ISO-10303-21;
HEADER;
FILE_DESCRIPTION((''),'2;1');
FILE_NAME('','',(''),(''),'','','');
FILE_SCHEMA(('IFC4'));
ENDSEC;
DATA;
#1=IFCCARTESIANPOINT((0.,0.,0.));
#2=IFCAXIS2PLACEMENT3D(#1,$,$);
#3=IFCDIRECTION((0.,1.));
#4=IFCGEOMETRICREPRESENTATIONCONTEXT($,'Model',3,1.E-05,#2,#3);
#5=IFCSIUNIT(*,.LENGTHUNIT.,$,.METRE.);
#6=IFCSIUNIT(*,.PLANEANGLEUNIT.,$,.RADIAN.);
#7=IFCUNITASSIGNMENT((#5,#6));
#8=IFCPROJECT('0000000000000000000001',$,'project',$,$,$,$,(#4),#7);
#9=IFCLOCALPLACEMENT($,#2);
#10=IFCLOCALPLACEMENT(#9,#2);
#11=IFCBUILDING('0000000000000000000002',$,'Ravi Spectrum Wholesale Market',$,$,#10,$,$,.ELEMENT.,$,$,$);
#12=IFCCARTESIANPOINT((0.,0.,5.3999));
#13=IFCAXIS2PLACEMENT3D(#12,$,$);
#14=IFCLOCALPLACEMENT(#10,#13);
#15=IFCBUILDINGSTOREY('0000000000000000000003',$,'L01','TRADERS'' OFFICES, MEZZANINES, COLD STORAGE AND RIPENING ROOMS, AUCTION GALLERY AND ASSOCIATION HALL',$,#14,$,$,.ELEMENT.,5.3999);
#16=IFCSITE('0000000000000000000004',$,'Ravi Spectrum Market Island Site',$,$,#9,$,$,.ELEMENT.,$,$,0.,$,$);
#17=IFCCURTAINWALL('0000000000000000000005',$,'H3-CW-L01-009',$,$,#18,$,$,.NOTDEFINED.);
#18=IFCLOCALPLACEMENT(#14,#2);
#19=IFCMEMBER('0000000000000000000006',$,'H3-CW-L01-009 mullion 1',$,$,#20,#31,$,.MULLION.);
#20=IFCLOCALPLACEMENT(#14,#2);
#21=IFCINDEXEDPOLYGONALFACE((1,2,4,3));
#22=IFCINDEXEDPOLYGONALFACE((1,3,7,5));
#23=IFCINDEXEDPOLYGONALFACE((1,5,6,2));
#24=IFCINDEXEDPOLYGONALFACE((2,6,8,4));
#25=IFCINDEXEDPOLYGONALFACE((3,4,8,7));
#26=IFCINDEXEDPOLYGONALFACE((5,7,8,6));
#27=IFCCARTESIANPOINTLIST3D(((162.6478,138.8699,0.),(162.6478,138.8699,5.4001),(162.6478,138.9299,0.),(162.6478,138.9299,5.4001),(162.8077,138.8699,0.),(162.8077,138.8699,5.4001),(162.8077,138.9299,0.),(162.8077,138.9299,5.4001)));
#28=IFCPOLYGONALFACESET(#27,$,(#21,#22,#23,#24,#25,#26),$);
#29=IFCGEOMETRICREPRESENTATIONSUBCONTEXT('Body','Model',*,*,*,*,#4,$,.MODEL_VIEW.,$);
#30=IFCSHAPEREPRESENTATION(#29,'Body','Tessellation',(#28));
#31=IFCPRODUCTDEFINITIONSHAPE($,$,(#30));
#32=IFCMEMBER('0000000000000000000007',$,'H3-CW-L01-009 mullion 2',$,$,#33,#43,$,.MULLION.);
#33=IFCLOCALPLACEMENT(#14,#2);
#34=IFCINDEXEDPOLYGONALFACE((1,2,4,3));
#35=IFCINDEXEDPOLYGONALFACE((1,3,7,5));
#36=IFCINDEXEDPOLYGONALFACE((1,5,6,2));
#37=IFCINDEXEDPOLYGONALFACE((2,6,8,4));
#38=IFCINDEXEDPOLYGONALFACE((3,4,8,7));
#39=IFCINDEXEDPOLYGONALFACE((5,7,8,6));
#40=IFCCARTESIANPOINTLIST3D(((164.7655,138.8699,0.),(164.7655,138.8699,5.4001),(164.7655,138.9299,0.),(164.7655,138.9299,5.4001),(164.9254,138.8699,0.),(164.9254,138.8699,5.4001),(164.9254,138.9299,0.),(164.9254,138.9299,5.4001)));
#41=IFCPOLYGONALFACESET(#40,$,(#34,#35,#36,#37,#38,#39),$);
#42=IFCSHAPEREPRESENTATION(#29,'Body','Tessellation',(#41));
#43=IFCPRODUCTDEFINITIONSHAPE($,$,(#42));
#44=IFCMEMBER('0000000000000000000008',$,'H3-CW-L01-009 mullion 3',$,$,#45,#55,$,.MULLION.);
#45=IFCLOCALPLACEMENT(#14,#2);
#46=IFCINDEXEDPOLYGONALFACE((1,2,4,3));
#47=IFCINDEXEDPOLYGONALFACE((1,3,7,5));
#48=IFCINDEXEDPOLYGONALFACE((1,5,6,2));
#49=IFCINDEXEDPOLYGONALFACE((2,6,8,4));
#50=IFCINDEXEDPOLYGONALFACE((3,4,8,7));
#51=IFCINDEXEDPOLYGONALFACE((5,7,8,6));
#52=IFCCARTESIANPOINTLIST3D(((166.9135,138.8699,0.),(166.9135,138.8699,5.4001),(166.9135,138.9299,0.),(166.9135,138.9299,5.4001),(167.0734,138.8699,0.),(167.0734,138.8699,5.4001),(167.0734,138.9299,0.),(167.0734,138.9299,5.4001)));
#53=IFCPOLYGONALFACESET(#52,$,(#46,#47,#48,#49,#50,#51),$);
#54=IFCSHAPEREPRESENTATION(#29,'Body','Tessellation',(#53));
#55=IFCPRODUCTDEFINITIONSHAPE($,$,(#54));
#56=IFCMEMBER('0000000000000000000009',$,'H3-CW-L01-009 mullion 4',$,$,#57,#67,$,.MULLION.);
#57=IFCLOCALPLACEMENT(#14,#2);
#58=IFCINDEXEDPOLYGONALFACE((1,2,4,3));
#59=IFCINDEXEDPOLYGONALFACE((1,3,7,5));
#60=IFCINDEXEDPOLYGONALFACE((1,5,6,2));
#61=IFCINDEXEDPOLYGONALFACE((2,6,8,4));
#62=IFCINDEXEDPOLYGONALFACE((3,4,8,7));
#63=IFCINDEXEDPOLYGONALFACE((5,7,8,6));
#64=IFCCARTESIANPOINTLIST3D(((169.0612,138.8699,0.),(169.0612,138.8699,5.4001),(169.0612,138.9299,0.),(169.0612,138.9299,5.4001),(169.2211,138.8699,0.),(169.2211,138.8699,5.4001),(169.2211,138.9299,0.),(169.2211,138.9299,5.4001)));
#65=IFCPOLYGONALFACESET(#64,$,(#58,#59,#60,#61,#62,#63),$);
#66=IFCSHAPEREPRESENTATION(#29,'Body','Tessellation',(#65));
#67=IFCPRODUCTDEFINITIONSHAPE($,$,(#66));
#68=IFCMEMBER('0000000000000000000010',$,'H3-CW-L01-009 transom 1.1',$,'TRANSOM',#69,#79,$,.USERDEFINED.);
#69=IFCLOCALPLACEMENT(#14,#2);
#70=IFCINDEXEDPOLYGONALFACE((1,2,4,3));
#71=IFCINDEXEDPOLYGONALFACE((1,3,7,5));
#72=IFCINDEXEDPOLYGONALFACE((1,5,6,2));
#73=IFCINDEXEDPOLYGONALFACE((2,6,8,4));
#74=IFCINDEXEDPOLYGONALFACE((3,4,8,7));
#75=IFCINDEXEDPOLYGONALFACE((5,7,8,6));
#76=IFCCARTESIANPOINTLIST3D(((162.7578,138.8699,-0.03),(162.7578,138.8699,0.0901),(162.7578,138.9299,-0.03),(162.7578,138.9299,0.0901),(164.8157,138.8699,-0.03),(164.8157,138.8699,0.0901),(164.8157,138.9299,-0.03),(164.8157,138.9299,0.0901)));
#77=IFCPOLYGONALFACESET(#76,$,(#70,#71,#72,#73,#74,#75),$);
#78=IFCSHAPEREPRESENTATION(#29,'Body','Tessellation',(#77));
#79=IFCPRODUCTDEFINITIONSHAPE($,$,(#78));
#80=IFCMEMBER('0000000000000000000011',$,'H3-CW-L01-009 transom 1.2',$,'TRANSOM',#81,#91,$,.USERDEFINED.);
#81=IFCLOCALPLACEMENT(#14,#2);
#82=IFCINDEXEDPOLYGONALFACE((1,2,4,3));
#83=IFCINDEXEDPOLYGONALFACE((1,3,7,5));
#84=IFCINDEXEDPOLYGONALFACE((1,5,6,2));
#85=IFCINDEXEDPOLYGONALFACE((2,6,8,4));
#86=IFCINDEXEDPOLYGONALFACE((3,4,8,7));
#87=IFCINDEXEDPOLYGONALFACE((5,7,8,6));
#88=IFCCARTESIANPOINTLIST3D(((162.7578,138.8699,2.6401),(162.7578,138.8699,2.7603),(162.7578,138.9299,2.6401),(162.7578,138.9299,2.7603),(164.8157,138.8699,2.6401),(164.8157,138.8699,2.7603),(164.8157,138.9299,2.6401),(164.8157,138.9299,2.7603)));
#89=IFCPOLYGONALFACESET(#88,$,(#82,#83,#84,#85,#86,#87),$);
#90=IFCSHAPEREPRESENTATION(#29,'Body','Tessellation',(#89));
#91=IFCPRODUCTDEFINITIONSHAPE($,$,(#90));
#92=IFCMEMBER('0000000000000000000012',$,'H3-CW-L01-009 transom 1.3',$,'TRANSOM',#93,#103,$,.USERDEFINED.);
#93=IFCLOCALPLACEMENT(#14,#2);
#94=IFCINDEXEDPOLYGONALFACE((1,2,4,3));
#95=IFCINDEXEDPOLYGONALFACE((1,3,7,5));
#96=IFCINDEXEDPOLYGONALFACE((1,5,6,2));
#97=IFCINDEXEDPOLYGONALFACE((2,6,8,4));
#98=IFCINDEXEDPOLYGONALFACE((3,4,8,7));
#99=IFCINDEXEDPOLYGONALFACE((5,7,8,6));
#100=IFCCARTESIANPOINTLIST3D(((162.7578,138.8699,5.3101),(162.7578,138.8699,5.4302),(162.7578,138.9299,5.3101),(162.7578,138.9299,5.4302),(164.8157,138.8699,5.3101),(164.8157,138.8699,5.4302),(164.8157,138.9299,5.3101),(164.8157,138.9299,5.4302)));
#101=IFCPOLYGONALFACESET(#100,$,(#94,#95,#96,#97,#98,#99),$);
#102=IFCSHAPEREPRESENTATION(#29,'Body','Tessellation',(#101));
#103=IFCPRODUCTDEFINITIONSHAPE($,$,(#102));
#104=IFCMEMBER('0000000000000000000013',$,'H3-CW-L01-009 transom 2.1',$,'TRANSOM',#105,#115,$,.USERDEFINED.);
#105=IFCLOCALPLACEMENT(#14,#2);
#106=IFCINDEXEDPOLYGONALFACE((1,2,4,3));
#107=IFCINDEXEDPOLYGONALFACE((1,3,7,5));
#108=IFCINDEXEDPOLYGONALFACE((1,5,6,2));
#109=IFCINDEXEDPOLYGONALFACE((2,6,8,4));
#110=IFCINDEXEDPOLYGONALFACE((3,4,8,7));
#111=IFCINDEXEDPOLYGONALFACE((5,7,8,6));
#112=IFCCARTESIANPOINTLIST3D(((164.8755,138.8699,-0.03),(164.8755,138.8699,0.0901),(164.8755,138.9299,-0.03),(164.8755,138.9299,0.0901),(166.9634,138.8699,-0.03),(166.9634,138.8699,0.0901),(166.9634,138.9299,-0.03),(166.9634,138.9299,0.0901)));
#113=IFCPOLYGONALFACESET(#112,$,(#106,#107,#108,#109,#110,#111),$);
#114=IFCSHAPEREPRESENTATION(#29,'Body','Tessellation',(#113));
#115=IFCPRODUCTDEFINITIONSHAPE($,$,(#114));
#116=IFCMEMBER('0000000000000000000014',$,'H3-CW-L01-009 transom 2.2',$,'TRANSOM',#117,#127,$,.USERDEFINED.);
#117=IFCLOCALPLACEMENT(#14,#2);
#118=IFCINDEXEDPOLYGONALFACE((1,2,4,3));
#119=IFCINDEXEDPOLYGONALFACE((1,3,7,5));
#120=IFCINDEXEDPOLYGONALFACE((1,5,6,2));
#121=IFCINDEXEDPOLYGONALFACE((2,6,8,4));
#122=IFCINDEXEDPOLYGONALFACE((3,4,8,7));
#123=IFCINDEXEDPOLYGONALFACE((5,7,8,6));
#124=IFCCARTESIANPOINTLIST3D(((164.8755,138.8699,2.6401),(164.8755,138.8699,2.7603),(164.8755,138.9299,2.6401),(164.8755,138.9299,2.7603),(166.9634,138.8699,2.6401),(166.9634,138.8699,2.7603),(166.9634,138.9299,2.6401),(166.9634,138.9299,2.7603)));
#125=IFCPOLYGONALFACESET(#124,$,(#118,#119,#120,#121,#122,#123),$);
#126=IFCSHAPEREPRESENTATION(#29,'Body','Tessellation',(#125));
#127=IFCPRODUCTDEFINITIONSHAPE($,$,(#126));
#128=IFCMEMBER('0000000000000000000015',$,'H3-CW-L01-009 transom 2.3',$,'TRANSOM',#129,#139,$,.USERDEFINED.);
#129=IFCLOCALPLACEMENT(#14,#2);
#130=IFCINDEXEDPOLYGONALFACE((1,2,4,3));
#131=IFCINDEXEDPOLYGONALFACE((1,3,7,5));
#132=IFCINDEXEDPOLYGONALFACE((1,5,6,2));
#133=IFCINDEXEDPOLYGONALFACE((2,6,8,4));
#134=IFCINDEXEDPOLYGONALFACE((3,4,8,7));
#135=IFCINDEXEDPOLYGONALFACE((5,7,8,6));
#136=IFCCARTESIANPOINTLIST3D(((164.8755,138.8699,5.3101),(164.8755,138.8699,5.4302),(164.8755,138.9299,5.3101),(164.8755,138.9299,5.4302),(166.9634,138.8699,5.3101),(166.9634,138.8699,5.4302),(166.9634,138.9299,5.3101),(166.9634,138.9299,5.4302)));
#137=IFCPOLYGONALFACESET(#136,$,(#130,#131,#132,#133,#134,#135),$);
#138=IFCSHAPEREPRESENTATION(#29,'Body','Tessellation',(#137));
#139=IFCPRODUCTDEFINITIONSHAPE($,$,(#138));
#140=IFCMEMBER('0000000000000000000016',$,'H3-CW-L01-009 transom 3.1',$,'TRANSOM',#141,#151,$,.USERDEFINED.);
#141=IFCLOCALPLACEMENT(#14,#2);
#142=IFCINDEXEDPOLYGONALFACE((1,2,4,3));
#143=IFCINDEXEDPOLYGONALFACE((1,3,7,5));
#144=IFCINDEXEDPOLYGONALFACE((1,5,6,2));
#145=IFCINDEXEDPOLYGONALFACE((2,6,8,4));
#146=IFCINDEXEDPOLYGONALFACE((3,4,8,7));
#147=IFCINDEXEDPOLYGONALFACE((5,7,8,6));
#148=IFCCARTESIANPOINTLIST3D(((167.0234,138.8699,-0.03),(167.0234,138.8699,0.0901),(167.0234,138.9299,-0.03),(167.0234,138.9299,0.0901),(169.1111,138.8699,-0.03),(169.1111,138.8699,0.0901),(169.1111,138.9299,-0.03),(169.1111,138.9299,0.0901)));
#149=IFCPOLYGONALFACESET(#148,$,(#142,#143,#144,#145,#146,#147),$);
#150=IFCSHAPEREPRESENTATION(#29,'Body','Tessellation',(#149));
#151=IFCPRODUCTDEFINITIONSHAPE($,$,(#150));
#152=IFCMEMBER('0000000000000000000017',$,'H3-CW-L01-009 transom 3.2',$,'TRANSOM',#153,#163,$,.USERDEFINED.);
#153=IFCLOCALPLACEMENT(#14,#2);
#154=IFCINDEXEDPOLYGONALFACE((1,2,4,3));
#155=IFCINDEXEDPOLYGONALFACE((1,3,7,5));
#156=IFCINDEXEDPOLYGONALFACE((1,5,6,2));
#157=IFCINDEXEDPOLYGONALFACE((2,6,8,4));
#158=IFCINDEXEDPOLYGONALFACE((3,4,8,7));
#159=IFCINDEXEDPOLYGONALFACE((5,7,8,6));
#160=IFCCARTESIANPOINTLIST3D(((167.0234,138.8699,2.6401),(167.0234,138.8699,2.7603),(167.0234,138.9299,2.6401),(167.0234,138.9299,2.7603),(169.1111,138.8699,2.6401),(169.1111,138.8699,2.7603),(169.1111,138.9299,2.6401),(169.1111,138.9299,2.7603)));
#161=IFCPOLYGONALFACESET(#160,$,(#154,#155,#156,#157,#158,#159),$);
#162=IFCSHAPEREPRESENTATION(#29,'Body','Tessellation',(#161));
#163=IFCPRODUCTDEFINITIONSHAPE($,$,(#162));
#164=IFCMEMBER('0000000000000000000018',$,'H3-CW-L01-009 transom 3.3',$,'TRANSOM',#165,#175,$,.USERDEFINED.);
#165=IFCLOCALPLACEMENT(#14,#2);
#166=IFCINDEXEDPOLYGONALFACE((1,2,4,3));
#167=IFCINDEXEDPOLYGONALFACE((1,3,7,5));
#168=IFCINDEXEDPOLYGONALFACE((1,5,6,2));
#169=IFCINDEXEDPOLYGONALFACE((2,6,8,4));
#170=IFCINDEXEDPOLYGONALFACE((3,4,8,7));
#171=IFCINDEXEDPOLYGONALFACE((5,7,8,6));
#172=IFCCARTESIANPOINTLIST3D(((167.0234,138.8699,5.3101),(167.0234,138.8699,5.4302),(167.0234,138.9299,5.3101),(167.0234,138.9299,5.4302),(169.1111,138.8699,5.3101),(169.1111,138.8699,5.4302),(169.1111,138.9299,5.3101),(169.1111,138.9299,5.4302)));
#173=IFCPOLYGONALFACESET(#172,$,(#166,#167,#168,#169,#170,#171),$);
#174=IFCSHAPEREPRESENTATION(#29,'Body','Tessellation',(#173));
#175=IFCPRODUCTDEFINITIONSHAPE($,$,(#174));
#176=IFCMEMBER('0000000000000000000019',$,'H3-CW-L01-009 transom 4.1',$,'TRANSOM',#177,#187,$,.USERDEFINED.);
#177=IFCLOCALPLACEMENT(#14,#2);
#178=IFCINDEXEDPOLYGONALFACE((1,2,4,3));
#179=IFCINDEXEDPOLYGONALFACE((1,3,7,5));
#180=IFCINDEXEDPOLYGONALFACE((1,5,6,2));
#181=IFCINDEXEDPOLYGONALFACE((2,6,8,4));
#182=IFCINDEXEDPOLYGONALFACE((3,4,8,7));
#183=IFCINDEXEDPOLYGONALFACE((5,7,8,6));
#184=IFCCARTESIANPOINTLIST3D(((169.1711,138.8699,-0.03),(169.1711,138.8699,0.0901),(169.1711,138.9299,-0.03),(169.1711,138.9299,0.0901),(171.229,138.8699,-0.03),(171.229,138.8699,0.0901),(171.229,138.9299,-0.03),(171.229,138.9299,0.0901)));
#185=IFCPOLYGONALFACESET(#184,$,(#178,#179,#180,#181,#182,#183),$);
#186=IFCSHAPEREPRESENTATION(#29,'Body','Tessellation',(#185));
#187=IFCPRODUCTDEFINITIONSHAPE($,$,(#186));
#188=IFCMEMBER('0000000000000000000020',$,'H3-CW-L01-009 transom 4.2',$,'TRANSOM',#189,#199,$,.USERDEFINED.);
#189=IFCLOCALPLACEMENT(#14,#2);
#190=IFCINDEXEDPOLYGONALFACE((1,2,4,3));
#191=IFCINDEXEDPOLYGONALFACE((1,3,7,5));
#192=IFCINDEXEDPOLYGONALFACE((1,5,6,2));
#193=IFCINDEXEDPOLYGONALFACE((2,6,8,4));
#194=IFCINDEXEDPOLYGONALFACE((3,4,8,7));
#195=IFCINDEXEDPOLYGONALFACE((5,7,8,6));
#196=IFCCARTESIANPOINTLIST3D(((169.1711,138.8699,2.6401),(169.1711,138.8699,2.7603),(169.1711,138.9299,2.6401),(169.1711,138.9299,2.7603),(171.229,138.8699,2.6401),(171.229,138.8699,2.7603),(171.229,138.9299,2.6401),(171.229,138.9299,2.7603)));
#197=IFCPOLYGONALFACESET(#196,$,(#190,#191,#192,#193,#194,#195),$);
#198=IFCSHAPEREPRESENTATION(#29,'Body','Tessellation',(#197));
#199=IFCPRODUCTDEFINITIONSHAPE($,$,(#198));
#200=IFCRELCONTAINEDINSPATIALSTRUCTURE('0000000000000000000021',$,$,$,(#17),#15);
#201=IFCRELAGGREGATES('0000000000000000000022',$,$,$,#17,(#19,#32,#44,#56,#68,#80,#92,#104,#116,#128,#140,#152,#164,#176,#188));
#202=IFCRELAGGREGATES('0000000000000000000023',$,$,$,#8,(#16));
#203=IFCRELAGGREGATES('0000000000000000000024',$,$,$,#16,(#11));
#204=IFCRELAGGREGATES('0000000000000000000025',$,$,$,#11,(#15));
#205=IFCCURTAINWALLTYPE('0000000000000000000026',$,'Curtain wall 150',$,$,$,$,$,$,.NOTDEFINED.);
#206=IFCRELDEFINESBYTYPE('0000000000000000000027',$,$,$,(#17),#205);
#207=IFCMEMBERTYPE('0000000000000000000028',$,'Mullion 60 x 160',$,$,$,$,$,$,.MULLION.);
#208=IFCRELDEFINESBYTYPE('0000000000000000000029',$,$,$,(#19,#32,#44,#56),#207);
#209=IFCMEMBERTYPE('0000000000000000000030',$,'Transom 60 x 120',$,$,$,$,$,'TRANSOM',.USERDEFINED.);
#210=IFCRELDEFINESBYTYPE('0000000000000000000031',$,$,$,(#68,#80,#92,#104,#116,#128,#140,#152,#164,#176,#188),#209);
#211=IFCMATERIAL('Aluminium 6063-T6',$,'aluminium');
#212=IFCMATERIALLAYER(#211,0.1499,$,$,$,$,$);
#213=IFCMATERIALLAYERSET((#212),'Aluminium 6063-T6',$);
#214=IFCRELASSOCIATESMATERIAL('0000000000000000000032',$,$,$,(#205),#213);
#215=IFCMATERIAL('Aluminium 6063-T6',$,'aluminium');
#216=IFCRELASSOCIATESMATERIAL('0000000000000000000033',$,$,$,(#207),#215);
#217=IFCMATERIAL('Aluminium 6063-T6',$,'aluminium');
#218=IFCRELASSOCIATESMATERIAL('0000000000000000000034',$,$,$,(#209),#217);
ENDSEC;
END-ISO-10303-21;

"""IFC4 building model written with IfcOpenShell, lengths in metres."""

from ifc_helpers import new_model, si_unit, direction, frame, origin, origin_2d, place, context, subcontext, project, spatial, rectangle, extrude, material, layer, layer_set, material_profile, profile_set, type_object, element, aggregate, save


model = new_model("IFC4")

# Units and contexts
model_context = context("Model", 3, precision=1e-05, world=origin(), true_north=direction((0.0, 1.0)))
body_context = subcontext(model_context, "Body", "Model", "MODEL_VIEW")
ifc_project = project(units=[si_unit("LENGTHUNIT", "METRE"), si_unit("PLANEANGLEUNIT", "RADIAN")], contexts=[model_context])

# Site, building, storey
site_placement = place(None, origin())
site = spatial("IfcSite", under=ifc_project, at=site_placement, Name="Ravi Spectrum Market Island Site", CompositionType="ELEMENT", RefElevation=0.0)
building_placement = place(site_placement, origin())
building = spatial("IfcBuilding", under=site, at=building_placement, Name="Ravi Spectrum Wholesale Market", CompositionType="ELEMENT")
storey_placement = place(building_placement, frame((0.0, 0.0, 5.3999)))
storey = spatial("IfcBuildingStorey", under=building, at=storey_placement, Name="L01", Description="TRADERS' OFFICES, MEZZANINES, COLD STORAGE AND RIPENING ROOMS, AUCTION GALLERY AND ASSOCIATION HALL", CompositionType="ELEMENT", Elevation=5.3999)

# Curtain wall, members
ifc_material_1 = material(Name="Aluminium 6063-T6", Category="aluminium")
ifc_layer_1 = layer(ifc_material_1, 0.1499)
ifc_layer_set_1 = layer_set([ifc_layer_1], Name="Aluminium 6063-T6")
curtain_wall_type = type_object("IfcCurtainWallType", Name="Curtain wall 150", PredefinedType="NOTDEFINED", material=ifc_layer_set_1)
curtain_wall_placement = place(storey_placement, origin())
curtain_wall = element("IfcCurtainWall", 1, at=curtain_wall_placement, inside=storey, type_object=curtain_wall_type, Name="H3-CW-L01-009", PredefinedType="NOTDEFINED")
ifc_material_2 = material(Name="Aluminium 6063-T6", Category="aluminium")
ifc_material_profile_1 = material_profile(ifc_material_2, rectangle(XDim=0.0601, YDim=0.1599, at=origin_2d()))
ifc_profile_set_1 = profile_set([ifc_material_profile_1], Name="Aluminium 6063-T6")
member_type_1 = type_object("IfcMemberType", Name="Mullion 60 x 160", PredefinedType="MULLION", material=ifc_profile_set_1)
member_1_placement = place(storey_placement, frame((162.7278, 138.8999, 0.0), z_axis=(0.0, 0.0, 1.0), x_axis=(0.0, 1.0, 0.0)))
member_1 = element("IfcMember", 2, at=member_1_placement, type_object=member_type_1, Name="H3-CW-L01-009 mullion 1", PredefinedType="MULLION", context=body_context, shape_type="SweptSolid", body=[
    extrude(rectangle(XDim=0.0601, YDim=0.1599, at=origin_2d()), origin(), (0.0, 0.0, 1.0), 5.4001),
])
member_2_placement = place(storey_placement, frame((164.8455, 138.8999, 0.0), z_axis=(0.0, 0.0, 1.0), x_axis=(0.0, 1.0, 0.0)))
member_2 = element("IfcMember", 3, at=member_2_placement, type_object=member_type_1, Name="H3-CW-L01-009 mullion 2", PredefinedType="MULLION", context=body_context, shape_type="SweptSolid", body=[
    extrude(rectangle(XDim=0.0601, YDim=0.1599, at=origin_2d()), origin(), (0.0, 0.0, 1.0), 5.4001),
])
member_3_placement = place(storey_placement, frame((166.9934, 138.8999, 0.0), z_axis=(0.0, 0.0, 1.0), x_axis=(0.0, 1.0, 0.0)))
member_3 = element("IfcMember", 4, at=member_3_placement, type_object=member_type_1, Name="H3-CW-L01-009 mullion 3", PredefinedType="MULLION", context=body_context, shape_type="SweptSolid", body=[
    extrude(rectangle(XDim=0.0601, YDim=0.1599, at=origin_2d()), origin(), (0.0, 0.0, 1.0), 5.4001),
])
member_4_placement = place(storey_placement, frame((169.1411, 138.8999, 0.0), z_axis=(0.0, 0.0, 1.0), x_axis=(0.0, 1.0, 0.0)))
member_4 = element("IfcMember", 5, at=member_4_placement, type_object=member_type_1, Name="H3-CW-L01-009 mullion 4", PredefinedType="MULLION", context=body_context, shape_type="SweptSolid", body=[
    extrude(rectangle(XDim=0.0601, YDim=0.1599, at=origin_2d()), origin(), (0.0, 0.0, 1.0), 5.4001),
])
ifc_material_3 = material(Name="Aluminium 6063-T6", Category="aluminium")
ifc_material_profile_2 = material_profile(ifc_material_3, rectangle(XDim=0.0601, YDim=0.1201, at=origin_2d()))
ifc_profile_set_2 = profile_set([ifc_material_profile_2], Name="Aluminium 6063-T6")
member_type_2 = type_object("IfcMemberType", Name="Transom 60 x 120", ElementType="TRANSOM", PredefinedType="USERDEFINED", material=ifc_profile_set_2)
member_5_placement = place(storey_placement, frame((162.7578, 138.8999, 0.03), z_axis=(1.0, 0.0, 0.0), x_axis=(0.0, 1.0, 0.0)))
member_5 = element("IfcMember", 6, at=member_5_placement, type_object=member_type_2, Name="H3-CW-L01-009 transom 1.1", ObjectType="TRANSOM", PredefinedType="USERDEFINED", context=body_context, shape_type="SweptSolid", body=[
    extrude(rectangle(XDim=0.0601, YDim=0.1201, at=origin_2d()), origin(), (0.0, 0.0, 1.0), 2.0579),
])
member_6_placement = place(storey_placement, frame((162.7578, 138.8999, 2.7002), z_axis=(1.0, 0.0, 0.0), x_axis=(0.0, 1.0, 0.0)))
member_6 = element("IfcMember", 7, at=member_6_placement, type_object=member_type_2, Name="H3-CW-L01-009 transom 1.2", ObjectType="TRANSOM", PredefinedType="USERDEFINED", context=body_context, shape_type="SweptSolid", body=[
    extrude(rectangle(XDim=0.0601, YDim=0.1201, at=origin_2d()), origin(), (0.0, 0.0, 1.0), 2.0579),
])
member_7_placement = place(storey_placement, frame((162.7578, 138.8999, 5.3701), z_axis=(1.0, 0.0, 0.0), x_axis=(0.0, 1.0, 0.0)))
member_7 = element("IfcMember", 8, at=member_7_placement, type_object=member_type_2, Name="H3-CW-L01-009 transom 1.3", ObjectType="TRANSOM", PredefinedType="USERDEFINED", context=body_context, shape_type="SweptSolid", body=[
    extrude(rectangle(XDim=0.0601, YDim=0.1201, at=origin_2d()), origin(), (0.0, 0.0, 1.0), 2.0579),
])
member_8_placement = place(storey_placement, frame((164.8755, 138.8999, 0.03), z_axis=(1.0, 0.0, 0.0), x_axis=(0.0, 1.0, 0.0)))
member_8 = element("IfcMember", 9, at=member_8_placement, type_object=member_type_2, Name="H3-CW-L01-009 transom 2.1", ObjectType="TRANSOM", PredefinedType="USERDEFINED", context=body_context, shape_type="SweptSolid", body=[
    extrude(rectangle(XDim=0.0601, YDim=0.1201, at=origin_2d()), origin(), (0.0, 0.0, 1.0), 2.0879),
])
member_9_placement = place(storey_placement, frame((164.8755, 138.8999, 2.7002), z_axis=(1.0, 0.0, 0.0), x_axis=(0.0, 1.0, 0.0)))
member_9 = element("IfcMember", 10, at=member_9_placement, type_object=member_type_2, Name="H3-CW-L01-009 transom 2.2", ObjectType="TRANSOM", PredefinedType="USERDEFINED", context=body_context, shape_type="SweptSolid", body=[
    extrude(rectangle(XDim=0.0601, YDim=0.1201, at=origin_2d()), origin(), (0.0, 0.0, 1.0), 2.0879),
])
member_10_placement = place(storey_placement, frame((164.8755, 138.8999, 5.3701), z_axis=(1.0, 0.0, 0.0), x_axis=(0.0, 1.0, 0.0)))
member_10 = element("IfcMember", 11, at=member_10_placement, type_object=member_type_2, Name="H3-CW-L01-009 transom 2.3", ObjectType="TRANSOM", PredefinedType="USERDEFINED", context=body_context, shape_type="SweptSolid", body=[
    extrude(rectangle(XDim=0.0601, YDim=0.1201, at=origin_2d()), origin(), (0.0, 0.0, 1.0), 2.0879),
])
member_11_placement = place(storey_placement, frame((167.0234, 138.8999, 0.03), z_axis=(1.0, 0.0, 0.0), x_axis=(0.0, 1.0, 0.0)))
member_11 = element("IfcMember", 12, at=member_11_placement, type_object=member_type_2, Name="H3-CW-L01-009 transom 3.1", ObjectType="TRANSOM", PredefinedType="USERDEFINED", context=body_context, shape_type="SweptSolid", body=[
    extrude(rectangle(XDim=0.0601, YDim=0.1201, at=origin_2d()), origin(), (0.0, 0.0, 1.0), 2.0876),
])
member_12_placement = place(storey_placement, frame((167.0234, 138.8999, 2.7002), z_axis=(1.0, 0.0, 0.0), x_axis=(0.0, 1.0, 0.0)))
member_12 = element("IfcMember", 13, at=member_12_placement, type_object=member_type_2, Name="H3-CW-L01-009 transom 3.2", ObjectType="TRANSOM", PredefinedType="USERDEFINED", context=body_context, shape_type="SweptSolid", body=[
    extrude(rectangle(XDim=0.0601, YDim=0.1201, at=origin_2d()), origin(), (0.0, 0.0, 1.0), 2.0876),
])
member_13_placement = place(storey_placement, frame((167.0234, 138.8999, 5.3701), z_axis=(1.0, 0.0, 0.0), x_axis=(0.0, 1.0, 0.0)))
member_13 = element("IfcMember", 14, at=member_13_placement, type_object=member_type_2, Name="H3-CW-L01-009 transom 3.3", ObjectType="TRANSOM", PredefinedType="USERDEFINED", context=body_context, shape_type="SweptSolid", body=[
    extrude(rectangle(XDim=0.0601, YDim=0.1201, at=origin_2d()), origin(), (0.0, 0.0, 1.0), 2.0876),
])
member_14_placement = place(storey_placement, frame((169.1711, 138.8999, 0.03), z_axis=(1.0, 0.0, 0.0), x_axis=(0.0, 1.0, 0.0)))
member_14 = element("IfcMember", 15, at=member_14_placement, type_object=member_type_2, Name="H3-CW-L01-009 transom 4.1", ObjectType="TRANSOM", PredefinedType="USERDEFINED", context=body_context, shape_type="SweptSolid", body=[
    extrude(rectangle(XDim=0.0601, YDim=0.1201, at=origin_2d()), origin(), (0.0, 0.0, 1.0), 2.0579),
])
member_15_placement = place(storey_placement, frame((169.1711, 138.8999, 2.7002), z_axis=(1.0, 0.0, 0.0), x_axis=(0.0, 1.0, 0.0)))
member_15 = element("IfcMember", 16, at=member_15_placement, type_object=member_type_2, Name="H3-CW-L01-009 transom 4.2", ObjectType="TRANSOM", PredefinedType="USERDEFINED", context=body_context, shape_type="SweptSolid", body=[
    extrude(rectangle(XDim=0.0601, YDim=0.1201, at=origin_2d()), origin(), (0.0, 0.0, 1.0), 2.0579),
])
aggregate(curtain_wall, [member_1, member_2, member_3, member_4, member_5, member_6, member_7, member_8, member_9, member_10, member_11, member_12, member_13, member_14, member_15])

save(model, "model.ifc")
